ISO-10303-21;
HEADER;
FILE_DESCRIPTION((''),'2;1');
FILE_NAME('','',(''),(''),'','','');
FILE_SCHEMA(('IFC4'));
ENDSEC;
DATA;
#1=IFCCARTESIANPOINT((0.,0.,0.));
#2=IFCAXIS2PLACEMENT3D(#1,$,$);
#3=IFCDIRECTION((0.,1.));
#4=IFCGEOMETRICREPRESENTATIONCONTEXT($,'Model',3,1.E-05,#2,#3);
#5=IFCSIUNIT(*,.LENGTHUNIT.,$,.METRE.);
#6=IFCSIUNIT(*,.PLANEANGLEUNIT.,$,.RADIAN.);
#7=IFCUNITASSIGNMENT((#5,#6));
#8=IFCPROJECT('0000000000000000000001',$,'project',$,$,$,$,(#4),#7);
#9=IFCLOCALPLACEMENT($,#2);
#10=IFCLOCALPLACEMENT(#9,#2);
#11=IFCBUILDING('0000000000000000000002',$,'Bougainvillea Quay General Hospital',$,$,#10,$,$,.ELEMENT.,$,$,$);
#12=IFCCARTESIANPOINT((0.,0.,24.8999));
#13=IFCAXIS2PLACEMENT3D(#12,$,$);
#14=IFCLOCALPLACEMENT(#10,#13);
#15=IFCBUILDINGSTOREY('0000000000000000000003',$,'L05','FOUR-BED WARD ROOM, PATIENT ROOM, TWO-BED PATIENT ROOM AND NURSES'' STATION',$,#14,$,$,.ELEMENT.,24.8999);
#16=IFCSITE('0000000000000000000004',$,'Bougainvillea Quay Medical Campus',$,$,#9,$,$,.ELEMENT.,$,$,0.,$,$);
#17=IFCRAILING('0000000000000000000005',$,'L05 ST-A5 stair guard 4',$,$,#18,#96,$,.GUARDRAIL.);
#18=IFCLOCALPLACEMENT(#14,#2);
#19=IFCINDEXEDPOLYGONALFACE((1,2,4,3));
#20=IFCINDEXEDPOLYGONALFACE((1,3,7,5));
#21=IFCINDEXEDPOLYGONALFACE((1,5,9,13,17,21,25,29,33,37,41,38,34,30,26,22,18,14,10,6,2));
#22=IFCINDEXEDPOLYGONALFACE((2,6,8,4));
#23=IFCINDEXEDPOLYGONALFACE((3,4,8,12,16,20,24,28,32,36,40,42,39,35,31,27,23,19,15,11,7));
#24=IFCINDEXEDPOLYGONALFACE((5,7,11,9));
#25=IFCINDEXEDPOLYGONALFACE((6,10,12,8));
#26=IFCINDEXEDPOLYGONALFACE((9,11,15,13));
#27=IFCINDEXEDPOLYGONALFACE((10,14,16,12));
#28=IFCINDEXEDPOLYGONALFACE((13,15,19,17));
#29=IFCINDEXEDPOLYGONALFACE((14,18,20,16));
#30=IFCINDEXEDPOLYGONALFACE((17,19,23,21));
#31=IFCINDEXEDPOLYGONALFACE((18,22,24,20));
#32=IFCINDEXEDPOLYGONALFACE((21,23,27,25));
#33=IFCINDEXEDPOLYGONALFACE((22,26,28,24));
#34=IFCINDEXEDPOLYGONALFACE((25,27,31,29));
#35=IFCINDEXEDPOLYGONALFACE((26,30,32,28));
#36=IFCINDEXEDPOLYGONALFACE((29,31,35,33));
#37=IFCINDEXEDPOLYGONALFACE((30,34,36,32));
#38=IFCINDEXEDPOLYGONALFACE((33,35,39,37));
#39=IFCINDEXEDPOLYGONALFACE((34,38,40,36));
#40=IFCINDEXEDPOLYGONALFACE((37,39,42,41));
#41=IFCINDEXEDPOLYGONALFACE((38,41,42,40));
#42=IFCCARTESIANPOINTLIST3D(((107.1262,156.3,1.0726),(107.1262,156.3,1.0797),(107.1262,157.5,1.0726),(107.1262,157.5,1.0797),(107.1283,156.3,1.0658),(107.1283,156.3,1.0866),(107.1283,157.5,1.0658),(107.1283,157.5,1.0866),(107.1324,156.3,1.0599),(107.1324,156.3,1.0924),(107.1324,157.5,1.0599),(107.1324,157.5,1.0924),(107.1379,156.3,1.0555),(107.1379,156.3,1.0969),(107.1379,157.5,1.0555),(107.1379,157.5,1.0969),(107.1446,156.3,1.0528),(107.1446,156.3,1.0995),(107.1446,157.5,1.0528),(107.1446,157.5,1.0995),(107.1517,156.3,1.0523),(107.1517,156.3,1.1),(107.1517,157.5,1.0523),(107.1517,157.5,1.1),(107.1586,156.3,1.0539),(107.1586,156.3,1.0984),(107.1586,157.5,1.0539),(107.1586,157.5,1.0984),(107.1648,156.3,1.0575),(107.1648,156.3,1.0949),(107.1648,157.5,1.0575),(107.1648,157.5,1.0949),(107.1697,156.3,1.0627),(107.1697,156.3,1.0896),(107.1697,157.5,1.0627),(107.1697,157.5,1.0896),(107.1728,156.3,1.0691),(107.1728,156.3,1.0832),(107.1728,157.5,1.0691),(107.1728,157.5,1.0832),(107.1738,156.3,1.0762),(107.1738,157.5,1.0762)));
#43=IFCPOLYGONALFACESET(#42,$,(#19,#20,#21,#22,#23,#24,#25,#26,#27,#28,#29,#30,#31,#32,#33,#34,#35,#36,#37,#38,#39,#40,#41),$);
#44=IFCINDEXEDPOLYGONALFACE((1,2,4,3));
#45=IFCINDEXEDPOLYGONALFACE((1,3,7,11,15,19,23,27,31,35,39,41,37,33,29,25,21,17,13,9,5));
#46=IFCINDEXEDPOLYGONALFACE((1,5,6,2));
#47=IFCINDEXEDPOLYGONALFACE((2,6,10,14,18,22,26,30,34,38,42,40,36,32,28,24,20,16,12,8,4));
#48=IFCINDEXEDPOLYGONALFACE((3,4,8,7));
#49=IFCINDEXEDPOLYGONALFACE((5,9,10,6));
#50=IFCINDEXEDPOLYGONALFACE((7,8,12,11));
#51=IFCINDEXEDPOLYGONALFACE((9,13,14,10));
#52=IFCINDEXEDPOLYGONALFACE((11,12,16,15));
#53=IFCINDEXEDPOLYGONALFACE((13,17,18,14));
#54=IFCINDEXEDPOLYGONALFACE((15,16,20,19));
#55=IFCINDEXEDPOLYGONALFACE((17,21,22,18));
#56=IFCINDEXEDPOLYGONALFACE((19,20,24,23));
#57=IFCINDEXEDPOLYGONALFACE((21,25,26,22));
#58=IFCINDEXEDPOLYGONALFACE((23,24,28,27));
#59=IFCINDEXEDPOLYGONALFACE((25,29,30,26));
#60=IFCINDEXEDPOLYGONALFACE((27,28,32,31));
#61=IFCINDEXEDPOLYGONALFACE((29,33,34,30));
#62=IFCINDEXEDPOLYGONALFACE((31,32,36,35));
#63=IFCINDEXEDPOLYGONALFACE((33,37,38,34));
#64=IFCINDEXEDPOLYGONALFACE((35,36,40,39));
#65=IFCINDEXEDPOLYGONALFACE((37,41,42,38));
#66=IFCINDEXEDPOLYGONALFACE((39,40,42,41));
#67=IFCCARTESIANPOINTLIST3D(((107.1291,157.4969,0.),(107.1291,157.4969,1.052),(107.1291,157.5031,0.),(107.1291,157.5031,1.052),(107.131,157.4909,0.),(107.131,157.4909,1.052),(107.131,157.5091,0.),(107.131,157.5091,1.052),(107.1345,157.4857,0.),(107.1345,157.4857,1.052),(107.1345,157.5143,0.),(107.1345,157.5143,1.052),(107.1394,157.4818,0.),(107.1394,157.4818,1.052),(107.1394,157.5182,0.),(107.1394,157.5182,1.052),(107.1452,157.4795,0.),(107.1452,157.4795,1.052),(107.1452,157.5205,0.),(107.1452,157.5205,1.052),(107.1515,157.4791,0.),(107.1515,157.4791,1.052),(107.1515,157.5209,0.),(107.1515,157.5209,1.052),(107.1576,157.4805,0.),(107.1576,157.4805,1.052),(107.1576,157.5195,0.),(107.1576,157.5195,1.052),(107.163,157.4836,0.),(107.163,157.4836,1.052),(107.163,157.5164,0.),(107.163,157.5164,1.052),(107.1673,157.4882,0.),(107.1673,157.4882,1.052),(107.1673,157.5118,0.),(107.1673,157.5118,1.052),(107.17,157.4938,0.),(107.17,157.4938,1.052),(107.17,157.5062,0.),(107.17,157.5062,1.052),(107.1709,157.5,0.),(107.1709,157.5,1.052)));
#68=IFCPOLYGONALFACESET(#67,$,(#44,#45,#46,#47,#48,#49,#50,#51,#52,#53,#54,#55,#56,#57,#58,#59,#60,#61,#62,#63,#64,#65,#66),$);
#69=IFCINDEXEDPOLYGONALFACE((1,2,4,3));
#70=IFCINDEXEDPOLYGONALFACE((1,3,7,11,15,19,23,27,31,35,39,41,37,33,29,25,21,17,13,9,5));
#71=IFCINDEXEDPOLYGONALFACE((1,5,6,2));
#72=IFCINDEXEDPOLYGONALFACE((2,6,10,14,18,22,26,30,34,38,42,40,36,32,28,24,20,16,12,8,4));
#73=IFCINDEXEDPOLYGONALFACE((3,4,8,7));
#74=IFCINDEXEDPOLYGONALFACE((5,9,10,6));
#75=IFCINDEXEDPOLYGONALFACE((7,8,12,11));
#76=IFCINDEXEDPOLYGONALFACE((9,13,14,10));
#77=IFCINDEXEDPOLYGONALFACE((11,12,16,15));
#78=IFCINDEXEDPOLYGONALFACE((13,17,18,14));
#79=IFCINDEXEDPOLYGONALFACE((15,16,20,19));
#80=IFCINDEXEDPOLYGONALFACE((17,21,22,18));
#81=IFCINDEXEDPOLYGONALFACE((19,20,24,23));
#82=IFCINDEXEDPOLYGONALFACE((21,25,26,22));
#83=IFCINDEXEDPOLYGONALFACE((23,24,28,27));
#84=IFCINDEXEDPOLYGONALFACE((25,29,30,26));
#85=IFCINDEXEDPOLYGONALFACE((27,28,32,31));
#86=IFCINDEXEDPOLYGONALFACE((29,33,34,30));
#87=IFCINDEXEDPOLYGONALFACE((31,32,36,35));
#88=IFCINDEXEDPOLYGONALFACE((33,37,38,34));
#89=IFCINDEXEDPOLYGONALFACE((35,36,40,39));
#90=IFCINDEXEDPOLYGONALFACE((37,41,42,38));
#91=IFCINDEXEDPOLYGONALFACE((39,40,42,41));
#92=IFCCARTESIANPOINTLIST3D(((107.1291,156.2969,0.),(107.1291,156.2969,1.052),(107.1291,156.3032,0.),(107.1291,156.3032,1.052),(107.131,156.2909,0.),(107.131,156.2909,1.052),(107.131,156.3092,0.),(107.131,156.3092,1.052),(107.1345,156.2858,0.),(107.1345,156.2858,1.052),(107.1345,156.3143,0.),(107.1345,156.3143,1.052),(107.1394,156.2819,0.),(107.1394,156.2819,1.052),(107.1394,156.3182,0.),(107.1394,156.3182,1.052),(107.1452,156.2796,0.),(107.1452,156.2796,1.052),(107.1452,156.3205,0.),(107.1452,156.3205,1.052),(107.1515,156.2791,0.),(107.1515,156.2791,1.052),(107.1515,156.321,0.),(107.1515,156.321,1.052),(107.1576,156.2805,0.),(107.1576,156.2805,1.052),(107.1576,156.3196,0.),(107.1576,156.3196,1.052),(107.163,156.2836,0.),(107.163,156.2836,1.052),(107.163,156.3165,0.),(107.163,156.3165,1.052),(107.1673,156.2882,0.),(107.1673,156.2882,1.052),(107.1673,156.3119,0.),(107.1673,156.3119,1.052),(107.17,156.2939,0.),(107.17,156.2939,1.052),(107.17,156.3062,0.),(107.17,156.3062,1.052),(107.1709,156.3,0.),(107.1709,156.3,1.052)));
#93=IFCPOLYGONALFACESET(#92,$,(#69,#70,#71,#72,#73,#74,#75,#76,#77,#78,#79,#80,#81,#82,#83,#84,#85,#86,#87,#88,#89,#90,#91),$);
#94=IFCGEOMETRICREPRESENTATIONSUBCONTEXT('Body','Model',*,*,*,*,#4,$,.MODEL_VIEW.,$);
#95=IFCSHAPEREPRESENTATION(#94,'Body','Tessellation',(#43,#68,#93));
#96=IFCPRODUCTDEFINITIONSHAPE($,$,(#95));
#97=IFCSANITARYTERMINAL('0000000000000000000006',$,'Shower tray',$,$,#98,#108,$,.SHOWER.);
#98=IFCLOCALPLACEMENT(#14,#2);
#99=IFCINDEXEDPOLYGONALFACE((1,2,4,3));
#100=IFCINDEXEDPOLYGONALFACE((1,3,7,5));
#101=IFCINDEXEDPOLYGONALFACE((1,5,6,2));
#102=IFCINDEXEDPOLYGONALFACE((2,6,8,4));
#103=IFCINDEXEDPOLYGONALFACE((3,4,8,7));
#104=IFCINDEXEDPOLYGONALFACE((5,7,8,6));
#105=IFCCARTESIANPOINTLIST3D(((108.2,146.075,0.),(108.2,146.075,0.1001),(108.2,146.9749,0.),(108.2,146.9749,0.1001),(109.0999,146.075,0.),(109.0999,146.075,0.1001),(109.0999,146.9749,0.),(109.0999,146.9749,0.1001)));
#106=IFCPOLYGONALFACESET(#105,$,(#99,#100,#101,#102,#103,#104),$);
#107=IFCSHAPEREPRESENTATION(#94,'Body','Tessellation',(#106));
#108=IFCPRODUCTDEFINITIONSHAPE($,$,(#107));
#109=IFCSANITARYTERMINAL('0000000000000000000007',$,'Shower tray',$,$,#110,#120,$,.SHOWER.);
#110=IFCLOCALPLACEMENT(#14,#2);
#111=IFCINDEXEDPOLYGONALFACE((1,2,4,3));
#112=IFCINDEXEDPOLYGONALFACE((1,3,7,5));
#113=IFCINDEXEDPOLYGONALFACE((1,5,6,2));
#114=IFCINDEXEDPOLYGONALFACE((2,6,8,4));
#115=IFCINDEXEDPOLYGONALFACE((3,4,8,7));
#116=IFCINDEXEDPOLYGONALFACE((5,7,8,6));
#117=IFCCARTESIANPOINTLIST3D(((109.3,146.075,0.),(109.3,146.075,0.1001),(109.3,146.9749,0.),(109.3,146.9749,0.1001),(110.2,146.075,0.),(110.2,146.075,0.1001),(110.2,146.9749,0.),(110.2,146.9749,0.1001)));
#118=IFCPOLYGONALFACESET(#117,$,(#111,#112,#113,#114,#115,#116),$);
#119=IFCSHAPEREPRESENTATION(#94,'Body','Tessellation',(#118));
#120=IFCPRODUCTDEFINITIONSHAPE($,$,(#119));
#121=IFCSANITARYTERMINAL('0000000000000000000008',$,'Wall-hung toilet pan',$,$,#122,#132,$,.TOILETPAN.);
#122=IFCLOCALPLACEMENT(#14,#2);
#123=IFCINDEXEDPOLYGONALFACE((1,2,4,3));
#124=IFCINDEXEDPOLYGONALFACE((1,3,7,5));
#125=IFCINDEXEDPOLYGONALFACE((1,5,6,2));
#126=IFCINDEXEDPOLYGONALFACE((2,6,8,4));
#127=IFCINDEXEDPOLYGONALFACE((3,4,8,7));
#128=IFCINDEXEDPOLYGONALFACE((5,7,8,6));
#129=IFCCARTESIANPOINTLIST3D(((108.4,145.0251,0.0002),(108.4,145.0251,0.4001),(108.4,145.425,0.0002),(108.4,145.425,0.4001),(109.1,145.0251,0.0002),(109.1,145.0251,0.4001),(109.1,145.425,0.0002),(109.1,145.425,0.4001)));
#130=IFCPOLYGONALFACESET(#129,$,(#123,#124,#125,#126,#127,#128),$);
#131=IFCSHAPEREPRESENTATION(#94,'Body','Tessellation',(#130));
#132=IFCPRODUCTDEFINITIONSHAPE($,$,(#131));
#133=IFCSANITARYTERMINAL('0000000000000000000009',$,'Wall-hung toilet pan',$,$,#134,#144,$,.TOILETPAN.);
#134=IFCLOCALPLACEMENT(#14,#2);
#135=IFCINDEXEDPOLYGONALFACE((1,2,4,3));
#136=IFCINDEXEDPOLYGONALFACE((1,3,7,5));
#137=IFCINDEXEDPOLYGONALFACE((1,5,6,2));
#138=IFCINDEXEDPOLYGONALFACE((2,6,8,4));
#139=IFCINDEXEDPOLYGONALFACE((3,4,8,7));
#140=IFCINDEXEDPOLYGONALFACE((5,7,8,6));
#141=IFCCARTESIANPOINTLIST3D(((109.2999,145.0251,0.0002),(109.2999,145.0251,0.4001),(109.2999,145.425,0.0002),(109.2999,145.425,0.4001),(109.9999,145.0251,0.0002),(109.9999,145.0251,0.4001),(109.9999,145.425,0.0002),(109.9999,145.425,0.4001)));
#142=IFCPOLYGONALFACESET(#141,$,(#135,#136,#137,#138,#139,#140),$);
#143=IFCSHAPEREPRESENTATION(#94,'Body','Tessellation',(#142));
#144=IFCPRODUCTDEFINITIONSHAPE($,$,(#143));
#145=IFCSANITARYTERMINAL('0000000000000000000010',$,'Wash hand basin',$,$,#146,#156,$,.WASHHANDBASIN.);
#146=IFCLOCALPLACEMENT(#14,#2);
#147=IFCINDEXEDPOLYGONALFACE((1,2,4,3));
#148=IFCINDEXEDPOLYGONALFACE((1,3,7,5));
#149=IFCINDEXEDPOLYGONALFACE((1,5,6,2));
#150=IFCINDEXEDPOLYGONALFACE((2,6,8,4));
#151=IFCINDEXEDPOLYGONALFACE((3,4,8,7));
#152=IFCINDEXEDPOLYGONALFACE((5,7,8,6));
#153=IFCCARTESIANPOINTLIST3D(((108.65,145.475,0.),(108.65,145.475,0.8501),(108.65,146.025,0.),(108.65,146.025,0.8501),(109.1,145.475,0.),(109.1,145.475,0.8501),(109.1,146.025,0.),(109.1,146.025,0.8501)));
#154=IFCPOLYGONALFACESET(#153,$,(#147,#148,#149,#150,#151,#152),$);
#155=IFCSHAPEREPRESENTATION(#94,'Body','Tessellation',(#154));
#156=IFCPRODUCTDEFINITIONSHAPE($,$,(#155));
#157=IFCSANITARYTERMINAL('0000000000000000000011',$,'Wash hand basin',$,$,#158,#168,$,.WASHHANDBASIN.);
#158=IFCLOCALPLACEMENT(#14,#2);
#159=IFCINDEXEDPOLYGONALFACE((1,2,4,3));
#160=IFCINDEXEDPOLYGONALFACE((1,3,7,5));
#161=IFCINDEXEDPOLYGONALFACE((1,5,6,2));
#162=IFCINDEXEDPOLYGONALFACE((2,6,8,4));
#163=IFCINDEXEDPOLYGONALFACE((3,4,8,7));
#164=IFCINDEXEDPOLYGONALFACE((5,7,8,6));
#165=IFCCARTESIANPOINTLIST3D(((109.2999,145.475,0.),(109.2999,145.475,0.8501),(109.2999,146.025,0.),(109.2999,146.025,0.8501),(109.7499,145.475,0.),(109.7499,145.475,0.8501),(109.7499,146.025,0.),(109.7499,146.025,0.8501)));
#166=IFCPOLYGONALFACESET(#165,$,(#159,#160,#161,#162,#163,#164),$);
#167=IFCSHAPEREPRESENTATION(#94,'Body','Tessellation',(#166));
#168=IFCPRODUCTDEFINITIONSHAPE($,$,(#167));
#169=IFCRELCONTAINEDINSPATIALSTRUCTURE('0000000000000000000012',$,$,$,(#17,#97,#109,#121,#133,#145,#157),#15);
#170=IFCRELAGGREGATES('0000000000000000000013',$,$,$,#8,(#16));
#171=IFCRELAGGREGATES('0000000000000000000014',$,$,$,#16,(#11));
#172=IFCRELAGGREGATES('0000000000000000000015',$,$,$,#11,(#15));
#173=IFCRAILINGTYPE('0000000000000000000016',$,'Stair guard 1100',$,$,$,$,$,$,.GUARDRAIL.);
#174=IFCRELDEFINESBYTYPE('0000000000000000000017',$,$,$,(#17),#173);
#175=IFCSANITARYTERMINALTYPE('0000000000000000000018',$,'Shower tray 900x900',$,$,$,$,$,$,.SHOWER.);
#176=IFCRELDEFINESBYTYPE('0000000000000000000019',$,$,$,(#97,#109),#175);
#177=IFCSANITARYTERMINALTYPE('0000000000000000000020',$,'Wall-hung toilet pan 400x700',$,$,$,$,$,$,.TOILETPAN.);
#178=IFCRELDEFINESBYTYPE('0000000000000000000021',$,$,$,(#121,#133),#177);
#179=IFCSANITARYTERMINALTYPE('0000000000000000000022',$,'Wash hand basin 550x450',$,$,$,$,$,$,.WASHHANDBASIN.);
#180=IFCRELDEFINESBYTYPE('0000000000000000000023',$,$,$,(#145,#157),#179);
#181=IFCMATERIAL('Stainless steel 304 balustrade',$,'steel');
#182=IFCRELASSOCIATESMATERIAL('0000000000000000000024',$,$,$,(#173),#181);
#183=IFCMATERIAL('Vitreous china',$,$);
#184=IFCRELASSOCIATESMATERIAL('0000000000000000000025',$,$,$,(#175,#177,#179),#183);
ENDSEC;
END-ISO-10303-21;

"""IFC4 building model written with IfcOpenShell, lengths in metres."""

from ifc_helpers import new_model, si_unit, direction, frame, origin, origin_2d, place, context, subcontext, project, spatial, rectangle, circle, extrude, material, type_object, element, save


model = new_model("IFC4")

# Units and contexts
model_context = context("Model", 3, precision=1e-05, world=origin(), true_north=direction((0.0, 1.0)))
body_context = subcontext(model_context, "Body", "Model", "MODEL_VIEW")
ifc_project = project(units=[si_unit("LENGTHUNIT", "METRE"), si_unit("PLANEANGLEUNIT", "RADIAN")], contexts=[model_context])

# Site, building, storey
site_placement = place(None, origin())
site = spatial("IfcSite", under=ifc_project, at=site_placement, Name="Bougainvillea Quay Medical Campus", CompositionType="ELEMENT", RefElevation=0.0)
building_placement = place(site_placement, origin())
building = spatial("IfcBuilding", under=site, at=building_placement, Name="Bougainvillea Quay General Hospital", CompositionType="ELEMENT")
storey_placement = place(building_placement, frame((0.0, 0.0, 24.8999)))
storey = spatial("IfcBuildingStorey", under=building, at=storey_placement, Name="L05", Description="FOUR-BED WARD ROOM, PATIENT ROOM, TWO-BED PATIENT ROOM AND NURSES' STATION", CompositionType="ELEMENT", Elevation=24.8999)

# Railing
ifc_material_1 = material(Name="Stainless steel 304 balustrade", Category="steel")
railing_type = type_object("IfcRailingType", Name="Stair guard 1100", PredefinedType="GUARDRAIL", material=ifc_material_1)
railing_1_placement = place(storey_placement, frame((107.1499, 157.5, 0.0)))
element("IfcRailing", 1, at=railing_1_placement, inside=storey, type_object=railing_type, Name="L05 ST-A5 stair guard 4", PredefinedType="GUARDRAIL", context=body_context, shape_type="SweptSolid", body=[
    extrude(circle(Radius=0.0239, at=origin_2d()), frame((0.0, 0.0, 1.0762), z_axis=(0.0, -1.0, 0.0), x_axis=(1.0, 0.0, 0.0)), (0.0, 0.0, 1.0), 1.2),
    extrude(circle(Radius=0.021, at=origin_2d()), origin(), (0.0, 0.0, 1.0), 1.052),
    extrude(circle(Radius=0.021, at=origin_2d()), frame((0.0, -1.2, 0.0)), (0.0, 0.0, 1.0), 1.052),
])

# Sanitary terminals
ifc_material_2 = material(Name="Vitreous china")
sanitary_terminal_type_1 = type_object("IfcSanitaryTerminalType", Name="Shower tray 900x900", PredefinedType="SHOWER", material=ifc_material_2)
for number, where, z_axis, x_axis, name in (
    (2, (108.6499, 146.5249, 0.0), (0.0, 0.0, 1.0), (0.0, -1.0, 0.0), "Shower tray"),
    (3, (109.75, 146.5249, 0.0), (0.0, 0.0, 1.0), (0.0, 1.0, 0.0), "Shower tray"),
):
    element("IfcSanitaryTerminal", number, at=place(storey_placement, frame(where, z_axis=z_axis, x_axis=x_axis)), inside=storey, type_object=sanitary_terminal_type_1, Name=name, PredefinedType="SHOWER", context=body_context, shape_type="SweptSolid", body=[
        extrude(rectangle(XDim=0.8999, YDim=0.8999, at=origin_2d()), origin(), (0.0, 0.0, 1.0), 0.1001),
    ])
sanitary_terminal_type_2 = type_object("IfcSanitaryTerminalType", Name="Wall-hung toilet pan 400x700", PredefinedType="TOILETPAN", material=ifc_material_2)
for number, where, z_axis, x_axis, name in (
    (4, (108.75, 145.2251, 0.0002), (0.0, 0.0, 1.0), (0.0, -1.0, 0.0), "Wall-hung toilet pan"),
    (5, (109.6499, 145.2251, 0.0002), (0.0, 0.0, 1.0), (0.0, 1.0, 0.0), "Wall-hung toilet pan"),
):
    element("IfcSanitaryTerminal", number, at=place(storey_placement, frame(where, z_axis=z_axis, x_axis=x_axis)), inside=storey, type_object=sanitary_terminal_type_2, Name=name, PredefinedType="TOILETPAN", context=body_context, shape_type="SweptSolid", body=[
        extrude(rectangle(XDim=0.3999, YDim=0.7, at=origin_2d()), origin(), (0.0, 0.0, 1.0), 0.3999),
    ])
sanitary_terminal_type_3 = type_object("IfcSanitaryTerminalType", Name="Wash hand basin 550x450", PredefinedType="WASHHANDBASIN", material=ifc_material_2)
for number, where, z_axis, x_axis, name in (
    (6, (108.875, 145.75, 0.0), (0.0, 0.0, 1.0), (0.0, -1.0, 0.0), "Wash hand basin"),
    (7, (109.5249, 145.75, 0.0), (0.0, 0.0, 1.0), (0.0, 1.0, 0.0), "Wash hand basin"),
):
    element("IfcSanitaryTerminal", number, at=place(storey_placement, frame(where, z_axis=z_axis, x_axis=x_axis)), inside=storey, type_object=sanitary_terminal_type_3, Name=name, PredefinedType="WASHHANDBASIN", context=body_context, shape_type="SweptSolid", body=[
        extrude(rectangle(XDim=0.55, YDim=0.45, at=origin_2d()), origin(), (0.0, 0.0, 1.0), 0.8501),
    ])

save(model, "model.ifc")
